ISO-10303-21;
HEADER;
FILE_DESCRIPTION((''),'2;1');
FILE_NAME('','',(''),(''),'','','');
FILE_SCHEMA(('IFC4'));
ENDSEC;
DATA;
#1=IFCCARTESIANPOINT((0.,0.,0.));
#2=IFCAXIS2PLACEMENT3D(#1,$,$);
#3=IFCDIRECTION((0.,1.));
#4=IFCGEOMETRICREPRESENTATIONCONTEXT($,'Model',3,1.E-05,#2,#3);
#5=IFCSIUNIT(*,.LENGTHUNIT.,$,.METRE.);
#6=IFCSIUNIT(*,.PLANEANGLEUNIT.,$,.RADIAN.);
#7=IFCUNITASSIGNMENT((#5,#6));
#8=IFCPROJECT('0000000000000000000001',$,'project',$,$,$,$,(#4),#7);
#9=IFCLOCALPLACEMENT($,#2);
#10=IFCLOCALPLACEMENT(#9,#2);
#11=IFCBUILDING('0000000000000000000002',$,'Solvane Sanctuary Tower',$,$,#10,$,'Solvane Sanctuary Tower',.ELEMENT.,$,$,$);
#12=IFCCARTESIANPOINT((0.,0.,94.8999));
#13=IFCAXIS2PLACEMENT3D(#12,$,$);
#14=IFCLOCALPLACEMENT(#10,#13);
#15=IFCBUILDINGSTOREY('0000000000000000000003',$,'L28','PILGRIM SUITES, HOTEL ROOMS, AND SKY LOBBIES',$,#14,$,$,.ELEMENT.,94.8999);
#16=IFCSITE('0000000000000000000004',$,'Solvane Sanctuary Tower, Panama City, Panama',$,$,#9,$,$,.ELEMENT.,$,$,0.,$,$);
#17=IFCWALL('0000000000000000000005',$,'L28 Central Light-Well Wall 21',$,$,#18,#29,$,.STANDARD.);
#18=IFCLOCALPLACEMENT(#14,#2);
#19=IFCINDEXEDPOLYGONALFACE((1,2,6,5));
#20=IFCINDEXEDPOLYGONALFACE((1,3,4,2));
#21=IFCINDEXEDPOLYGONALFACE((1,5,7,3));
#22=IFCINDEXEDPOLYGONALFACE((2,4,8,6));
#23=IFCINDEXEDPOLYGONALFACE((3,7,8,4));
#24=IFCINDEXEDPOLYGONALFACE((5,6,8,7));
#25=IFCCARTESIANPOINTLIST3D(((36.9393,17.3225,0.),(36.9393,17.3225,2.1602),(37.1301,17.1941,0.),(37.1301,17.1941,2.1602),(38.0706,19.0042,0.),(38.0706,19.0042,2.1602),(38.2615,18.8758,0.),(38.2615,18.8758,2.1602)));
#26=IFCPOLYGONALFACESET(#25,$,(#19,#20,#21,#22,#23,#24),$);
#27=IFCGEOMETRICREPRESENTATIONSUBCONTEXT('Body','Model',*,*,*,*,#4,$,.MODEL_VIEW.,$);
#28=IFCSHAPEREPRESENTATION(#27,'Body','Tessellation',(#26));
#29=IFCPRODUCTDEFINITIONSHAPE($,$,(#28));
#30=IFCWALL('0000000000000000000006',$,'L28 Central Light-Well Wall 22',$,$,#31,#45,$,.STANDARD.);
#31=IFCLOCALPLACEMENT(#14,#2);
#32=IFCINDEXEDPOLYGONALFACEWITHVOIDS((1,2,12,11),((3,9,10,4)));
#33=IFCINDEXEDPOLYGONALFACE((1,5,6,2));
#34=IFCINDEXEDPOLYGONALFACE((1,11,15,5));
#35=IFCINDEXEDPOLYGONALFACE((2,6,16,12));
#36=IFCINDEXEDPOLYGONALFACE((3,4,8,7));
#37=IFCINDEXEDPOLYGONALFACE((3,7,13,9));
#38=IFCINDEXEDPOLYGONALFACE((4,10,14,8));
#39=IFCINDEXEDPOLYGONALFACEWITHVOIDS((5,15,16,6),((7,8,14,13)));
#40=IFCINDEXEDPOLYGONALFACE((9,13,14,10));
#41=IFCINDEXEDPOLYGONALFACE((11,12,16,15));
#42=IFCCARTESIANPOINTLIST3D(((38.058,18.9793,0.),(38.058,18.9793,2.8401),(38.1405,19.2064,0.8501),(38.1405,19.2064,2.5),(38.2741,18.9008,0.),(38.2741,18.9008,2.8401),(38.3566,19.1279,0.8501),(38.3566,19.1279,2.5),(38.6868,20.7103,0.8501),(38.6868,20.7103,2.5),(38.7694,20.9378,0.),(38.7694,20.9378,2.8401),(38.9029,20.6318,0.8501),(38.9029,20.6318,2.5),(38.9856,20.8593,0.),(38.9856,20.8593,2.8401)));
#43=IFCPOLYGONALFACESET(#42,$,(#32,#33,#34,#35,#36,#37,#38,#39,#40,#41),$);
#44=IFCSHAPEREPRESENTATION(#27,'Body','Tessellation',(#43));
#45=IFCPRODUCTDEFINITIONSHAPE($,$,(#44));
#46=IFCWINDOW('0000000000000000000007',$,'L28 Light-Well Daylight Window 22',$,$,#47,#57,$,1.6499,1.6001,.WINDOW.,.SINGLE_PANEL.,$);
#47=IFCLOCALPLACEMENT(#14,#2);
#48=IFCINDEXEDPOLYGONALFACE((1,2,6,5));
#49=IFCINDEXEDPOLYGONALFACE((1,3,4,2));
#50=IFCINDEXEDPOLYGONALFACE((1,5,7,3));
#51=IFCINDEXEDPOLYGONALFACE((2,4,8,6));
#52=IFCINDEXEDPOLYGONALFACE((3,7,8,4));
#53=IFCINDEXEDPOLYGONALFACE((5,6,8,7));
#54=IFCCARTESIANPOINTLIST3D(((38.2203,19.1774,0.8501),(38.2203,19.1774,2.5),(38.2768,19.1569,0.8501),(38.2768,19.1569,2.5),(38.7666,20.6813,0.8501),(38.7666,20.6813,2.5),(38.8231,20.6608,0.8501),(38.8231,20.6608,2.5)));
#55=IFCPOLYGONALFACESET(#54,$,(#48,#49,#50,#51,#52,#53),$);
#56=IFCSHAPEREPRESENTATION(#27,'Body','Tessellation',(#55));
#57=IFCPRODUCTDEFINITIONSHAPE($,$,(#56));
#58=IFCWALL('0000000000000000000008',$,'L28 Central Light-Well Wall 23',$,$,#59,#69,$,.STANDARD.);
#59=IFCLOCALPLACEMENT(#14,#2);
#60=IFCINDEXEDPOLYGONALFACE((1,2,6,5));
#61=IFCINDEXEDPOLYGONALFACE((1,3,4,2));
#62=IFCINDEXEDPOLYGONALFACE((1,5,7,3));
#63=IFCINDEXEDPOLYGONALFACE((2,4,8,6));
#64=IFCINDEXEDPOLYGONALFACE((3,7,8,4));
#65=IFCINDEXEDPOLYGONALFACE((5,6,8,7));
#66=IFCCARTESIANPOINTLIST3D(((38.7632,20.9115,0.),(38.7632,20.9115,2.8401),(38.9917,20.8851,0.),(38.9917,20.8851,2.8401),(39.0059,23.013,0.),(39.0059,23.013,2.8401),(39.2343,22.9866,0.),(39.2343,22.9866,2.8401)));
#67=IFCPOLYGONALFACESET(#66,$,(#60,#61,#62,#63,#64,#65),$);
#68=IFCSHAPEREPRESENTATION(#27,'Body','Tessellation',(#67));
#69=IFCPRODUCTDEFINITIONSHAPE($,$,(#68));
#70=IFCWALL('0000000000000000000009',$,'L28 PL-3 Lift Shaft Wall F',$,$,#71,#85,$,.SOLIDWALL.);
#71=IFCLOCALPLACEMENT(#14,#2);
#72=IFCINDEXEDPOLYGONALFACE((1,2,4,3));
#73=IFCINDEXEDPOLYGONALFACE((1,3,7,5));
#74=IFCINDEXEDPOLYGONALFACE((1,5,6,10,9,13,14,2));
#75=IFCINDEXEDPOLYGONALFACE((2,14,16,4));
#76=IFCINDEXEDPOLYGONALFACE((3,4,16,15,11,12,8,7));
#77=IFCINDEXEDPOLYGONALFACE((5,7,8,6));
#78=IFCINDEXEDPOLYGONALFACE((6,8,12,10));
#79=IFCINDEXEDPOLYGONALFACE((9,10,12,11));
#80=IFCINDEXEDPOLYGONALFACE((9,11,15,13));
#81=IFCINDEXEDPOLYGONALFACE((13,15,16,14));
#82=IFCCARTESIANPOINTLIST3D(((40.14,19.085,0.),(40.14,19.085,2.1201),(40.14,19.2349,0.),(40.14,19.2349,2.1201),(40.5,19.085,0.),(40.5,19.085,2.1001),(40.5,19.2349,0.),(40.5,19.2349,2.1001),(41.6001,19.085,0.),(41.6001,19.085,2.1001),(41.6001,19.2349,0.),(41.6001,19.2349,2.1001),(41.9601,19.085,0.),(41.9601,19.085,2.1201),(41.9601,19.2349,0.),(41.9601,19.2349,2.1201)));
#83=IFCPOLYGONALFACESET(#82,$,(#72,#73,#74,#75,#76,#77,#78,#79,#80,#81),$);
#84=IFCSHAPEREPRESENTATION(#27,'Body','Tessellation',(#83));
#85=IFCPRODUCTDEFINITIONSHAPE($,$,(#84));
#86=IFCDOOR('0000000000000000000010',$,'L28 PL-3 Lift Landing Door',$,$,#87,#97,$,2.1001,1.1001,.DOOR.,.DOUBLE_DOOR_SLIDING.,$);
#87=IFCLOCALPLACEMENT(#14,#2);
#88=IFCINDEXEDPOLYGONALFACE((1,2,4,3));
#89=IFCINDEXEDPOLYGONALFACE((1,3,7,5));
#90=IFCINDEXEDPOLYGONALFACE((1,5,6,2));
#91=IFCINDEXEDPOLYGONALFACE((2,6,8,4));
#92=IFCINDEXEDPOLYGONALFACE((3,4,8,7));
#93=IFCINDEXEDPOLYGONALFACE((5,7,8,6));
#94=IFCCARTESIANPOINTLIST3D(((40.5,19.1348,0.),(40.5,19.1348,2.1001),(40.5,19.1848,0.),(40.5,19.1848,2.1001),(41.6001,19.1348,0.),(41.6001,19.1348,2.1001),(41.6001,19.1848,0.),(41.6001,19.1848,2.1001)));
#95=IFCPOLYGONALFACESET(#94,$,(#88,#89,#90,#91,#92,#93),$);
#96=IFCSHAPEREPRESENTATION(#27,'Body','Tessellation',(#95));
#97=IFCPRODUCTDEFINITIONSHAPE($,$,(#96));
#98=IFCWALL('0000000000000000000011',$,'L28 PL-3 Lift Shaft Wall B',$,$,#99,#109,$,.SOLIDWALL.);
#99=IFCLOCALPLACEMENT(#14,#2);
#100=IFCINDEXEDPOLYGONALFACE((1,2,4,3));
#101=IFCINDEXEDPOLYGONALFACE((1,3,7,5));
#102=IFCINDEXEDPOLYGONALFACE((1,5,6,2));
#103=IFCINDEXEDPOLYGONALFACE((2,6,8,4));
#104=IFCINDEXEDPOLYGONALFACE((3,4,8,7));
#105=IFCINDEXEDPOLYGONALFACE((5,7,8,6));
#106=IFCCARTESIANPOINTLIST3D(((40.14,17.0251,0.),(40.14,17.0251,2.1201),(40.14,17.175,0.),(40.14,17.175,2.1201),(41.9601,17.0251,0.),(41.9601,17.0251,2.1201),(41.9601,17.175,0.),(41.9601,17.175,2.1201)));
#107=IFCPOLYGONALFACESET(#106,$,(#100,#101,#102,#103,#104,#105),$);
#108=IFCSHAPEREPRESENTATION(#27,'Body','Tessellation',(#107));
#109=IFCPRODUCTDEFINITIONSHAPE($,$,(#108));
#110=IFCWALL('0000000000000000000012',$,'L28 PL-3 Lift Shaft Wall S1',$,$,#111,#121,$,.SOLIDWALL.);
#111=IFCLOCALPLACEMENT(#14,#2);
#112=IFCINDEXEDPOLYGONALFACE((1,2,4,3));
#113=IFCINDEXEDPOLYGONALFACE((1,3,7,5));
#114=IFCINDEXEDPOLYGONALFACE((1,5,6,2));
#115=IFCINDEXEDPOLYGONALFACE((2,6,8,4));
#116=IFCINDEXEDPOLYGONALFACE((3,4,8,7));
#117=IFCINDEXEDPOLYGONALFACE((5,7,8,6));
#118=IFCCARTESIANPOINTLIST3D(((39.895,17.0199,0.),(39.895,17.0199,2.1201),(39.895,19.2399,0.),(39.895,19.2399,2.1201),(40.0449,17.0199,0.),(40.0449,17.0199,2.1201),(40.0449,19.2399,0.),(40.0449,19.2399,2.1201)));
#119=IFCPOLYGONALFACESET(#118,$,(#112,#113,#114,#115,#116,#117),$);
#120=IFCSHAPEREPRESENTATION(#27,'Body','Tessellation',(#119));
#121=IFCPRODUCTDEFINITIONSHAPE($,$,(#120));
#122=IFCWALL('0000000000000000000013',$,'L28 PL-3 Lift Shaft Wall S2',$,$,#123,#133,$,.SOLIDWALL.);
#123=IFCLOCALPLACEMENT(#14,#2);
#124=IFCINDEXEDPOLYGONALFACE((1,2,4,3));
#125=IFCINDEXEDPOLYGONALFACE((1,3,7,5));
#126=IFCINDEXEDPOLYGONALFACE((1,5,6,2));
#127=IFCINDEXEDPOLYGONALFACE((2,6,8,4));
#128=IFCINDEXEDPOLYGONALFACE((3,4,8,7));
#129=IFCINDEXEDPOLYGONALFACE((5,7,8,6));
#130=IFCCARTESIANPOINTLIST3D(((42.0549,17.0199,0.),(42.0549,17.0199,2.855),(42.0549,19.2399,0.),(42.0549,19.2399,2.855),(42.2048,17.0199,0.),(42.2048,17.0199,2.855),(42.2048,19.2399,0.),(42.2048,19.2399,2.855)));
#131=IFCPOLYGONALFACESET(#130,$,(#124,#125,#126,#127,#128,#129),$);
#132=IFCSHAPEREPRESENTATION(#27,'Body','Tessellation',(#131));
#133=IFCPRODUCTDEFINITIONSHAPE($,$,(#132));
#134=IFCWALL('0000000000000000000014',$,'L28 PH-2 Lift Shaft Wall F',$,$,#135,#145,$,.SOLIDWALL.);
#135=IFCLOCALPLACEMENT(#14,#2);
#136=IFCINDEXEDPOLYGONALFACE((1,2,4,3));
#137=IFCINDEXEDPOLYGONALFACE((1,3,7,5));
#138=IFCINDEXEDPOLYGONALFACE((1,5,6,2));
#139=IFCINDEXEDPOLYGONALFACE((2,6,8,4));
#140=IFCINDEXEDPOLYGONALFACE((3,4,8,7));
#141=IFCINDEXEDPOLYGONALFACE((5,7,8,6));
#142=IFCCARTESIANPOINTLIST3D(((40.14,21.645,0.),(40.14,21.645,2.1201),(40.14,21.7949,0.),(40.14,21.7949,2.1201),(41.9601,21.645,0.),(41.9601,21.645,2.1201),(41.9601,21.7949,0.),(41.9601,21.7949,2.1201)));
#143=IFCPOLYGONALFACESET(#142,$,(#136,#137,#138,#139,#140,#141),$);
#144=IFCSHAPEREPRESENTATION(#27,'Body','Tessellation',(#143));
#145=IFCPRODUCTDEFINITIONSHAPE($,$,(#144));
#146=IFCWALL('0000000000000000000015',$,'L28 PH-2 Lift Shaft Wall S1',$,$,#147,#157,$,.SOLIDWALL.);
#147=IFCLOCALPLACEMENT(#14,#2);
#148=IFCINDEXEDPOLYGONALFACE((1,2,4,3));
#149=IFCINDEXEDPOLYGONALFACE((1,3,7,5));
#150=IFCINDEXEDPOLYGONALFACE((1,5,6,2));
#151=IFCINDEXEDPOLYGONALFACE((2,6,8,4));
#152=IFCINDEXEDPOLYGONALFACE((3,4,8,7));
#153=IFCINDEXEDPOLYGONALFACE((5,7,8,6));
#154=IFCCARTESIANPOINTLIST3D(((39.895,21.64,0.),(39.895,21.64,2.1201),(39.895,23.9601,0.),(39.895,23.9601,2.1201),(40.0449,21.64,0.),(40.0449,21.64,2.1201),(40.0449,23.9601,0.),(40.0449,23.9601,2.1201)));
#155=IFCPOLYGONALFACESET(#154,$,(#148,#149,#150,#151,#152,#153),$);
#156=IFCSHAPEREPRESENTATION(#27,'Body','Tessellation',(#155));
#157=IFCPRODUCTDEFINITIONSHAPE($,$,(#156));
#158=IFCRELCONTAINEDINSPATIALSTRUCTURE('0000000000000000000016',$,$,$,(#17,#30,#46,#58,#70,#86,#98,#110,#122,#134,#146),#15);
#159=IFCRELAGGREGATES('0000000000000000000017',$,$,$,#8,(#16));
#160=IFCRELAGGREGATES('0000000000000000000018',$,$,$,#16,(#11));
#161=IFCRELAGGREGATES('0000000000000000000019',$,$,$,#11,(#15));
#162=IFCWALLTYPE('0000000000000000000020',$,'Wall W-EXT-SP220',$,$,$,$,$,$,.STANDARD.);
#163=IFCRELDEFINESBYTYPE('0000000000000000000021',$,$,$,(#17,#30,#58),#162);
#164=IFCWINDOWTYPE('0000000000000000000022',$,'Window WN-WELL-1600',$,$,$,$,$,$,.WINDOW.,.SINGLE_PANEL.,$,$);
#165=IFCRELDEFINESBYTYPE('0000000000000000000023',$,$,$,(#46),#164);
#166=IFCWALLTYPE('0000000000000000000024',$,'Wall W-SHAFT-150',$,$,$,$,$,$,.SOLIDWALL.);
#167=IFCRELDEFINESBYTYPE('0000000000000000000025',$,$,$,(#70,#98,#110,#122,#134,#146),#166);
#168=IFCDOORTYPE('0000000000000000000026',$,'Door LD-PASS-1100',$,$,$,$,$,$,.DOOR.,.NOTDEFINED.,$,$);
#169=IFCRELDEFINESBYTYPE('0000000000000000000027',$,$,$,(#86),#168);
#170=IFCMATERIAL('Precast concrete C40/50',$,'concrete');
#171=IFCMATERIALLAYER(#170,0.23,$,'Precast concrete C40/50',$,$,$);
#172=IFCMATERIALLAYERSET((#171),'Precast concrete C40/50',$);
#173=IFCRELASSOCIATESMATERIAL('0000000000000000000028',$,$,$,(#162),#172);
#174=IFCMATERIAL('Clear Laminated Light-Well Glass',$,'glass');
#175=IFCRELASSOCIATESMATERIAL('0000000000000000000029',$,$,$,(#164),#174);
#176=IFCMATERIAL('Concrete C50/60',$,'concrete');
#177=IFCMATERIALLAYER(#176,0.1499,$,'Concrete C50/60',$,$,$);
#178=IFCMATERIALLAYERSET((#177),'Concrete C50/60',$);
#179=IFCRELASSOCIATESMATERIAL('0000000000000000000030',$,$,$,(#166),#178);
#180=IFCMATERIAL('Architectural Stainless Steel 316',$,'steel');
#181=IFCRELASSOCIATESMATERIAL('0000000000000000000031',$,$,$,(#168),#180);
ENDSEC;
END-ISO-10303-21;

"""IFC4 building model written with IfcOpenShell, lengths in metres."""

from ifc_helpers import new_model, si_unit, direction, frame, frame_2d, origin, place, context, subcontext, project, spatial, rectangle, extrude, material, layer, layer_set, type_object, element, fill, save


model = new_model("IFC4")

# Units and contexts
model_context = context("Model", 3, precision=1e-05, world=origin(), true_north=direction((0.0, 1.0)))
body_context = subcontext(model_context, "Body", "Model", "MODEL_VIEW")
ifc_project = project(units=[si_unit("LENGTHUNIT", "METRE"), si_unit("PLANEANGLEUNIT", "RADIAN")], contexts=[model_context])

# Site, building, storey
site_placement = place(None, origin())
site = spatial("IfcSite", under=ifc_project, at=site_placement, Name="Solvane Sanctuary Tower, Panama City, Panama", CompositionType="ELEMENT", RefElevation=0.0)
building_placement = place(site_placement, origin())
building = spatial("IfcBuilding", under=site, at=building_placement, Name="Solvane Sanctuary Tower", LongName="Solvane Sanctuary Tower", CompositionType="ELEMENT")
storey_placement = place(building_placement, frame((0.0, 0.0, 94.8999)))
storey = spatial("IfcBuildingStorey", under=building, at=storey_placement, Name="L28", Description="PILGRIM SUITES, HOTEL ROOMS, AND SKY LOBBIES", CompositionType="ELEMENT", Elevation=94.8999)

# Wall
ifc_material_1 = material(Name="Precast concrete C40/50", Category="concrete")
ifc_layer_1 = layer(ifc_material_1, 0.23, Name="Precast concrete C40/50")
ifc_layer_set_1 = layer_set([ifc_layer_1], Name="Precast concrete C40/50")
wall_type_1 = type_object("IfcWallType", Name="Wall W-EXT-SP220", PredefinedType="STANDARD", material=ifc_layer_set_1)
wall_1_placement = place(storey_placement, frame((37.0347, 17.2583, 0.0), z_axis=(0.0, 0.0, 1.0), x_axis=(0.558198, 0.829708, 0.0)))
element("IfcWall", 1, at=wall_1_placement, inside=storey, type_object=wall_type_1, Name="L28 Central Light-Well Wall 21", PredefinedType="STANDARD", context=body_context, shape_type="SweptSolid", body=[
    extrude(rectangle(XDim=2.0269, YDim=0.23, at=frame_2d((1.0134, 0.0))), origin(), (0.0, 0.0, 1.0), 2.1602),
])

# Wall, opening, window
wall_2_placement = place(storey_placement, frame((38.166, 18.9399, 0.0), z_axis=(0.0, 0.0, 1.0), x_axis=(0.341423, 0.93991, 0.0)))
wall_2 = element("IfcWall", 2, at=wall_2_placement, inside=storey, type_object=wall_type_1, Name="L28 Central Light-Well Wall 22", PredefinedType="STANDARD", context=body_context, shape_type="SweptSolid", body=[
    extrude(rectangle(XDim=2.0837, YDim=0.23, at=frame_2d((1.042, 0.0))), origin(), (0.0, 0.0, 1.0), 2.8401),
])
opening_1_placement = place(wall_2_placement, frame((0.2417, 0.0, 0.8501)))
opening_1 = element("IfcOpeningElement", 3, at=opening_1_placement, cuts=wall_2, PredefinedType="OPENING", context=body_context, shape_type="SweptSolid", body=[
    extrude(rectangle(XDim=1.6001, YDim=1.6499, at=frame_2d((0.8, 0.825))), frame((0.0, 0.125, 0.0), z_axis=(0.0, -1.0, 0.0), x_axis=(1.0, 0.0, 0.0)), (0.0, 0.0, 1.0), 0.25),
])
ifc_material_2 = material(Name="Clear Laminated Light-Well Glass", Category="glass")
window_type = type_object("IfcWindowType", Name="Window WN-WELL-1600", PartitioningType="SINGLE_PANEL", PredefinedType="WINDOW", material=ifc_material_2)
window_placement = place(opening_1_placement, origin())
window = element("IfcWindow", 4, at=window_placement, inside=storey, type_object=window_type, Name="L28 Light-Well Daylight Window 22", OverallHeight=1.6499, OverallWidth=1.6001, PartitioningType="SINGLE_PANEL", PredefinedType="WINDOW", context=body_context, shape_type="SweptSolid", body=[
    extrude(rectangle(XDim=1.6001, YDim=1.6499, at=frame_2d((0.8, 0.825))), frame((0.0, 0.03, 0.0), z_axis=(0.0, -1.0, 0.0), x_axis=(1.0, 0.0, 0.0)), (0.0, 0.0, 1.0), 0.0601),
])
fill(opening_1, window)

# Wall
wall_3_placement = place(storey_placement, frame((38.8774, 20.8984, 0.0), z_axis=(0.0, 0.0, 1.0), x_axis=(0.114712, 0.993399, 0.0)))
element("IfcWall", 5, at=wall_3_placement, inside=storey, type_object=wall_type_1, Name="L28 Central Light-Well Wall 23", PredefinedType="STANDARD", context=body_context, shape_type="SweptSolid", body=[
    extrude(rectangle(XDim=2.1155, YDim=0.23, at=frame_2d((1.0576, 0.0))), origin(), (0.0, 0.0, 1.0), 2.8401),
])

# Wall, opening, door
ifc_material_3 = material(Name="Concrete C50/60", Category="concrete")
ifc_layer_2 = layer(ifc_material_3, 0.1499, Name="Concrete C50/60")
ifc_layer_set_2 = layer_set([ifc_layer_2], Name="Concrete C50/60")
wall_type_2 = type_object("IfcWallType", Name="Wall W-SHAFT-150", PredefinedType="SOLIDWALL", material=ifc_layer_set_2)
wall_4_placement = place(storey_placement, frame((40.1399, 19.1599, 0.0), z_axis=(0.0, 0.0, 1.0), x_axis=(1.0, 0.0, 0.0)))
wall_4 = element("IfcWall", 6, at=wall_4_placement, inside=storey, type_object=wall_type_2, Name="L28 PL-3 Lift Shaft Wall F", PredefinedType="SOLIDWALL", context=body_context, shape_type="SweptSolid", body=[
    extrude(rectangle(XDim=1.8201, YDim=0.1499, at=frame_2d((0.9102, 0.0))), origin(), (0.0, 0.0, 1.0), 2.1201),
])
opening_2_placement = place(wall_4_placement, frame((0.3601, 0.0, 0.0)))
opening_2 = element("IfcOpeningElement", 7, at=opening_2_placement, cuts=wall_4, PredefinedType="OPENING", context=body_context, shape_type="SweptSolid", body=[
    extrude(rectangle(XDim=1.1001, YDim=2.1001, at=frame_2d((0.55, 1.05))), frame((0.0, 0.085, 0.0), z_axis=(0.0, -1.0, 0.0), x_axis=(1.0, 0.0, 0.0)), (0.0, 0.0, 1.0), 0.1699),
])
ifc_material_4 = material(Name="Architectural Stainless Steel 316", Category="steel")
door_type = type_object("IfcDoorType", Name="Door LD-PASS-1100", OperationType="NOTDEFINED", PredefinedType="DOOR", material=ifc_material_4)
door_placement = place(opening_2_placement, origin())
door = element("IfcDoor", 8, at=door_placement, inside=storey, type_object=door_type, Name="L28 PL-3 Lift Landing Door", OperationType="DOUBLE_DOOR_SLIDING", OverallHeight=2.1001, OverallWidth=1.1001, PredefinedType="DOOR", context=body_context, shape_type="SweptSolid", body=[
    extrude(rectangle(XDim=1.1001, YDim=2.1001, at=frame_2d((0.55, 1.05))), frame((0.0, 0.0249, 0.0), z_axis=(0.0, -1.0, 0.0), x_axis=(1.0, 0.0, 0.0)), (0.0, 0.0, 1.0), 0.05),
])
fill(opening_2, door)

# Walls
wall_5_placement = place(storey_placement, frame((40.1399, 17.1001, 0.0), z_axis=(0.0, 0.0, 1.0), x_axis=(1.0, 0.0, 0.0)))
element("IfcWall", 9, at=wall_5_placement, inside=storey, type_object=wall_type_2, Name="L28 PL-3 Lift Shaft Wall B", PredefinedType="SOLIDWALL", context=body_context, shape_type="SweptSolid", body=[
    extrude(rectangle(XDim=1.8201, YDim=0.1499, at=frame_2d((0.9102, 0.0))), origin(), (0.0, 0.0, 1.0), 2.1201),
])
wall_6_placement = place(storey_placement, frame((39.97, 17.02, 0.0), z_axis=(0.0, 0.0, 1.0), x_axis=(0.0, 1.0, 0.0)))
element("IfcWall", 10, at=wall_6_placement, inside=storey, type_object=wall_type_2, Name="L28 PL-3 Lift Shaft Wall S1", PredefinedType="SOLIDWALL", context=body_context, shape_type="SweptSolid", body=[
    extrude(rectangle(XDim=2.22, YDim=0.1499, at=frame_2d((1.1099, 0.0))), origin(), (0.0, 0.0, 1.0), 2.1201),
])
wall_7_placement = place(storey_placement, frame((42.1299, 17.02, 0.0), z_axis=(0.0, 0.0, 1.0), x_axis=(0.0, 1.0, 0.0)))
element("IfcWall", 11, at=wall_7_placement, inside=storey, type_object=wall_type_2, Name="L28 PL-3 Lift Shaft Wall S2", PredefinedType="SOLIDWALL", context=body_context, shape_type="SweptSolid", body=[
    extrude(rectangle(XDim=2.22, YDim=0.1499, at=frame_2d((1.1099, 0.0))), origin(), (0.0, 0.0, 1.0), 2.855),
])
wall_8_placement = place(storey_placement, frame((40.1399, 21.72, 0.0), z_axis=(0.0, 0.0, 1.0), x_axis=(1.0, 0.0, 0.0)))
element("IfcWall", 12, at=wall_8_placement, inside=storey, type_object=wall_type_2, Name="L28 PH-2 Lift Shaft Wall F", PredefinedType="SOLIDWALL", context=body_context, shape_type="SweptSolid", body=[
    extrude(rectangle(XDim=1.8201, YDim=0.1499, at=frame_2d((0.9102, 0.0))), origin(), (0.0, 0.0, 1.0), 2.1201),
])
wall_9_placement = place(storey_placement, frame((39.97, 21.6399, 0.0), z_axis=(0.0, 0.0, 1.0), x_axis=(0.0, 1.0, 0.0)))
element("IfcWall", 13, at=wall_9_placement, inside=storey, type_object=wall_type_2, Name="L28 PH-2 Lift Shaft Wall S1", PredefinedType="SOLIDWALL", context=body_context, shape_type="SweptSolid", body=[
    extrude(rectangle(XDim=2.3201, YDim=0.1499, at=frame_2d((1.1602, 0.0))), origin(), (0.0, 0.0, 1.0), 2.1201),
])

save(model, "model.ifc")
